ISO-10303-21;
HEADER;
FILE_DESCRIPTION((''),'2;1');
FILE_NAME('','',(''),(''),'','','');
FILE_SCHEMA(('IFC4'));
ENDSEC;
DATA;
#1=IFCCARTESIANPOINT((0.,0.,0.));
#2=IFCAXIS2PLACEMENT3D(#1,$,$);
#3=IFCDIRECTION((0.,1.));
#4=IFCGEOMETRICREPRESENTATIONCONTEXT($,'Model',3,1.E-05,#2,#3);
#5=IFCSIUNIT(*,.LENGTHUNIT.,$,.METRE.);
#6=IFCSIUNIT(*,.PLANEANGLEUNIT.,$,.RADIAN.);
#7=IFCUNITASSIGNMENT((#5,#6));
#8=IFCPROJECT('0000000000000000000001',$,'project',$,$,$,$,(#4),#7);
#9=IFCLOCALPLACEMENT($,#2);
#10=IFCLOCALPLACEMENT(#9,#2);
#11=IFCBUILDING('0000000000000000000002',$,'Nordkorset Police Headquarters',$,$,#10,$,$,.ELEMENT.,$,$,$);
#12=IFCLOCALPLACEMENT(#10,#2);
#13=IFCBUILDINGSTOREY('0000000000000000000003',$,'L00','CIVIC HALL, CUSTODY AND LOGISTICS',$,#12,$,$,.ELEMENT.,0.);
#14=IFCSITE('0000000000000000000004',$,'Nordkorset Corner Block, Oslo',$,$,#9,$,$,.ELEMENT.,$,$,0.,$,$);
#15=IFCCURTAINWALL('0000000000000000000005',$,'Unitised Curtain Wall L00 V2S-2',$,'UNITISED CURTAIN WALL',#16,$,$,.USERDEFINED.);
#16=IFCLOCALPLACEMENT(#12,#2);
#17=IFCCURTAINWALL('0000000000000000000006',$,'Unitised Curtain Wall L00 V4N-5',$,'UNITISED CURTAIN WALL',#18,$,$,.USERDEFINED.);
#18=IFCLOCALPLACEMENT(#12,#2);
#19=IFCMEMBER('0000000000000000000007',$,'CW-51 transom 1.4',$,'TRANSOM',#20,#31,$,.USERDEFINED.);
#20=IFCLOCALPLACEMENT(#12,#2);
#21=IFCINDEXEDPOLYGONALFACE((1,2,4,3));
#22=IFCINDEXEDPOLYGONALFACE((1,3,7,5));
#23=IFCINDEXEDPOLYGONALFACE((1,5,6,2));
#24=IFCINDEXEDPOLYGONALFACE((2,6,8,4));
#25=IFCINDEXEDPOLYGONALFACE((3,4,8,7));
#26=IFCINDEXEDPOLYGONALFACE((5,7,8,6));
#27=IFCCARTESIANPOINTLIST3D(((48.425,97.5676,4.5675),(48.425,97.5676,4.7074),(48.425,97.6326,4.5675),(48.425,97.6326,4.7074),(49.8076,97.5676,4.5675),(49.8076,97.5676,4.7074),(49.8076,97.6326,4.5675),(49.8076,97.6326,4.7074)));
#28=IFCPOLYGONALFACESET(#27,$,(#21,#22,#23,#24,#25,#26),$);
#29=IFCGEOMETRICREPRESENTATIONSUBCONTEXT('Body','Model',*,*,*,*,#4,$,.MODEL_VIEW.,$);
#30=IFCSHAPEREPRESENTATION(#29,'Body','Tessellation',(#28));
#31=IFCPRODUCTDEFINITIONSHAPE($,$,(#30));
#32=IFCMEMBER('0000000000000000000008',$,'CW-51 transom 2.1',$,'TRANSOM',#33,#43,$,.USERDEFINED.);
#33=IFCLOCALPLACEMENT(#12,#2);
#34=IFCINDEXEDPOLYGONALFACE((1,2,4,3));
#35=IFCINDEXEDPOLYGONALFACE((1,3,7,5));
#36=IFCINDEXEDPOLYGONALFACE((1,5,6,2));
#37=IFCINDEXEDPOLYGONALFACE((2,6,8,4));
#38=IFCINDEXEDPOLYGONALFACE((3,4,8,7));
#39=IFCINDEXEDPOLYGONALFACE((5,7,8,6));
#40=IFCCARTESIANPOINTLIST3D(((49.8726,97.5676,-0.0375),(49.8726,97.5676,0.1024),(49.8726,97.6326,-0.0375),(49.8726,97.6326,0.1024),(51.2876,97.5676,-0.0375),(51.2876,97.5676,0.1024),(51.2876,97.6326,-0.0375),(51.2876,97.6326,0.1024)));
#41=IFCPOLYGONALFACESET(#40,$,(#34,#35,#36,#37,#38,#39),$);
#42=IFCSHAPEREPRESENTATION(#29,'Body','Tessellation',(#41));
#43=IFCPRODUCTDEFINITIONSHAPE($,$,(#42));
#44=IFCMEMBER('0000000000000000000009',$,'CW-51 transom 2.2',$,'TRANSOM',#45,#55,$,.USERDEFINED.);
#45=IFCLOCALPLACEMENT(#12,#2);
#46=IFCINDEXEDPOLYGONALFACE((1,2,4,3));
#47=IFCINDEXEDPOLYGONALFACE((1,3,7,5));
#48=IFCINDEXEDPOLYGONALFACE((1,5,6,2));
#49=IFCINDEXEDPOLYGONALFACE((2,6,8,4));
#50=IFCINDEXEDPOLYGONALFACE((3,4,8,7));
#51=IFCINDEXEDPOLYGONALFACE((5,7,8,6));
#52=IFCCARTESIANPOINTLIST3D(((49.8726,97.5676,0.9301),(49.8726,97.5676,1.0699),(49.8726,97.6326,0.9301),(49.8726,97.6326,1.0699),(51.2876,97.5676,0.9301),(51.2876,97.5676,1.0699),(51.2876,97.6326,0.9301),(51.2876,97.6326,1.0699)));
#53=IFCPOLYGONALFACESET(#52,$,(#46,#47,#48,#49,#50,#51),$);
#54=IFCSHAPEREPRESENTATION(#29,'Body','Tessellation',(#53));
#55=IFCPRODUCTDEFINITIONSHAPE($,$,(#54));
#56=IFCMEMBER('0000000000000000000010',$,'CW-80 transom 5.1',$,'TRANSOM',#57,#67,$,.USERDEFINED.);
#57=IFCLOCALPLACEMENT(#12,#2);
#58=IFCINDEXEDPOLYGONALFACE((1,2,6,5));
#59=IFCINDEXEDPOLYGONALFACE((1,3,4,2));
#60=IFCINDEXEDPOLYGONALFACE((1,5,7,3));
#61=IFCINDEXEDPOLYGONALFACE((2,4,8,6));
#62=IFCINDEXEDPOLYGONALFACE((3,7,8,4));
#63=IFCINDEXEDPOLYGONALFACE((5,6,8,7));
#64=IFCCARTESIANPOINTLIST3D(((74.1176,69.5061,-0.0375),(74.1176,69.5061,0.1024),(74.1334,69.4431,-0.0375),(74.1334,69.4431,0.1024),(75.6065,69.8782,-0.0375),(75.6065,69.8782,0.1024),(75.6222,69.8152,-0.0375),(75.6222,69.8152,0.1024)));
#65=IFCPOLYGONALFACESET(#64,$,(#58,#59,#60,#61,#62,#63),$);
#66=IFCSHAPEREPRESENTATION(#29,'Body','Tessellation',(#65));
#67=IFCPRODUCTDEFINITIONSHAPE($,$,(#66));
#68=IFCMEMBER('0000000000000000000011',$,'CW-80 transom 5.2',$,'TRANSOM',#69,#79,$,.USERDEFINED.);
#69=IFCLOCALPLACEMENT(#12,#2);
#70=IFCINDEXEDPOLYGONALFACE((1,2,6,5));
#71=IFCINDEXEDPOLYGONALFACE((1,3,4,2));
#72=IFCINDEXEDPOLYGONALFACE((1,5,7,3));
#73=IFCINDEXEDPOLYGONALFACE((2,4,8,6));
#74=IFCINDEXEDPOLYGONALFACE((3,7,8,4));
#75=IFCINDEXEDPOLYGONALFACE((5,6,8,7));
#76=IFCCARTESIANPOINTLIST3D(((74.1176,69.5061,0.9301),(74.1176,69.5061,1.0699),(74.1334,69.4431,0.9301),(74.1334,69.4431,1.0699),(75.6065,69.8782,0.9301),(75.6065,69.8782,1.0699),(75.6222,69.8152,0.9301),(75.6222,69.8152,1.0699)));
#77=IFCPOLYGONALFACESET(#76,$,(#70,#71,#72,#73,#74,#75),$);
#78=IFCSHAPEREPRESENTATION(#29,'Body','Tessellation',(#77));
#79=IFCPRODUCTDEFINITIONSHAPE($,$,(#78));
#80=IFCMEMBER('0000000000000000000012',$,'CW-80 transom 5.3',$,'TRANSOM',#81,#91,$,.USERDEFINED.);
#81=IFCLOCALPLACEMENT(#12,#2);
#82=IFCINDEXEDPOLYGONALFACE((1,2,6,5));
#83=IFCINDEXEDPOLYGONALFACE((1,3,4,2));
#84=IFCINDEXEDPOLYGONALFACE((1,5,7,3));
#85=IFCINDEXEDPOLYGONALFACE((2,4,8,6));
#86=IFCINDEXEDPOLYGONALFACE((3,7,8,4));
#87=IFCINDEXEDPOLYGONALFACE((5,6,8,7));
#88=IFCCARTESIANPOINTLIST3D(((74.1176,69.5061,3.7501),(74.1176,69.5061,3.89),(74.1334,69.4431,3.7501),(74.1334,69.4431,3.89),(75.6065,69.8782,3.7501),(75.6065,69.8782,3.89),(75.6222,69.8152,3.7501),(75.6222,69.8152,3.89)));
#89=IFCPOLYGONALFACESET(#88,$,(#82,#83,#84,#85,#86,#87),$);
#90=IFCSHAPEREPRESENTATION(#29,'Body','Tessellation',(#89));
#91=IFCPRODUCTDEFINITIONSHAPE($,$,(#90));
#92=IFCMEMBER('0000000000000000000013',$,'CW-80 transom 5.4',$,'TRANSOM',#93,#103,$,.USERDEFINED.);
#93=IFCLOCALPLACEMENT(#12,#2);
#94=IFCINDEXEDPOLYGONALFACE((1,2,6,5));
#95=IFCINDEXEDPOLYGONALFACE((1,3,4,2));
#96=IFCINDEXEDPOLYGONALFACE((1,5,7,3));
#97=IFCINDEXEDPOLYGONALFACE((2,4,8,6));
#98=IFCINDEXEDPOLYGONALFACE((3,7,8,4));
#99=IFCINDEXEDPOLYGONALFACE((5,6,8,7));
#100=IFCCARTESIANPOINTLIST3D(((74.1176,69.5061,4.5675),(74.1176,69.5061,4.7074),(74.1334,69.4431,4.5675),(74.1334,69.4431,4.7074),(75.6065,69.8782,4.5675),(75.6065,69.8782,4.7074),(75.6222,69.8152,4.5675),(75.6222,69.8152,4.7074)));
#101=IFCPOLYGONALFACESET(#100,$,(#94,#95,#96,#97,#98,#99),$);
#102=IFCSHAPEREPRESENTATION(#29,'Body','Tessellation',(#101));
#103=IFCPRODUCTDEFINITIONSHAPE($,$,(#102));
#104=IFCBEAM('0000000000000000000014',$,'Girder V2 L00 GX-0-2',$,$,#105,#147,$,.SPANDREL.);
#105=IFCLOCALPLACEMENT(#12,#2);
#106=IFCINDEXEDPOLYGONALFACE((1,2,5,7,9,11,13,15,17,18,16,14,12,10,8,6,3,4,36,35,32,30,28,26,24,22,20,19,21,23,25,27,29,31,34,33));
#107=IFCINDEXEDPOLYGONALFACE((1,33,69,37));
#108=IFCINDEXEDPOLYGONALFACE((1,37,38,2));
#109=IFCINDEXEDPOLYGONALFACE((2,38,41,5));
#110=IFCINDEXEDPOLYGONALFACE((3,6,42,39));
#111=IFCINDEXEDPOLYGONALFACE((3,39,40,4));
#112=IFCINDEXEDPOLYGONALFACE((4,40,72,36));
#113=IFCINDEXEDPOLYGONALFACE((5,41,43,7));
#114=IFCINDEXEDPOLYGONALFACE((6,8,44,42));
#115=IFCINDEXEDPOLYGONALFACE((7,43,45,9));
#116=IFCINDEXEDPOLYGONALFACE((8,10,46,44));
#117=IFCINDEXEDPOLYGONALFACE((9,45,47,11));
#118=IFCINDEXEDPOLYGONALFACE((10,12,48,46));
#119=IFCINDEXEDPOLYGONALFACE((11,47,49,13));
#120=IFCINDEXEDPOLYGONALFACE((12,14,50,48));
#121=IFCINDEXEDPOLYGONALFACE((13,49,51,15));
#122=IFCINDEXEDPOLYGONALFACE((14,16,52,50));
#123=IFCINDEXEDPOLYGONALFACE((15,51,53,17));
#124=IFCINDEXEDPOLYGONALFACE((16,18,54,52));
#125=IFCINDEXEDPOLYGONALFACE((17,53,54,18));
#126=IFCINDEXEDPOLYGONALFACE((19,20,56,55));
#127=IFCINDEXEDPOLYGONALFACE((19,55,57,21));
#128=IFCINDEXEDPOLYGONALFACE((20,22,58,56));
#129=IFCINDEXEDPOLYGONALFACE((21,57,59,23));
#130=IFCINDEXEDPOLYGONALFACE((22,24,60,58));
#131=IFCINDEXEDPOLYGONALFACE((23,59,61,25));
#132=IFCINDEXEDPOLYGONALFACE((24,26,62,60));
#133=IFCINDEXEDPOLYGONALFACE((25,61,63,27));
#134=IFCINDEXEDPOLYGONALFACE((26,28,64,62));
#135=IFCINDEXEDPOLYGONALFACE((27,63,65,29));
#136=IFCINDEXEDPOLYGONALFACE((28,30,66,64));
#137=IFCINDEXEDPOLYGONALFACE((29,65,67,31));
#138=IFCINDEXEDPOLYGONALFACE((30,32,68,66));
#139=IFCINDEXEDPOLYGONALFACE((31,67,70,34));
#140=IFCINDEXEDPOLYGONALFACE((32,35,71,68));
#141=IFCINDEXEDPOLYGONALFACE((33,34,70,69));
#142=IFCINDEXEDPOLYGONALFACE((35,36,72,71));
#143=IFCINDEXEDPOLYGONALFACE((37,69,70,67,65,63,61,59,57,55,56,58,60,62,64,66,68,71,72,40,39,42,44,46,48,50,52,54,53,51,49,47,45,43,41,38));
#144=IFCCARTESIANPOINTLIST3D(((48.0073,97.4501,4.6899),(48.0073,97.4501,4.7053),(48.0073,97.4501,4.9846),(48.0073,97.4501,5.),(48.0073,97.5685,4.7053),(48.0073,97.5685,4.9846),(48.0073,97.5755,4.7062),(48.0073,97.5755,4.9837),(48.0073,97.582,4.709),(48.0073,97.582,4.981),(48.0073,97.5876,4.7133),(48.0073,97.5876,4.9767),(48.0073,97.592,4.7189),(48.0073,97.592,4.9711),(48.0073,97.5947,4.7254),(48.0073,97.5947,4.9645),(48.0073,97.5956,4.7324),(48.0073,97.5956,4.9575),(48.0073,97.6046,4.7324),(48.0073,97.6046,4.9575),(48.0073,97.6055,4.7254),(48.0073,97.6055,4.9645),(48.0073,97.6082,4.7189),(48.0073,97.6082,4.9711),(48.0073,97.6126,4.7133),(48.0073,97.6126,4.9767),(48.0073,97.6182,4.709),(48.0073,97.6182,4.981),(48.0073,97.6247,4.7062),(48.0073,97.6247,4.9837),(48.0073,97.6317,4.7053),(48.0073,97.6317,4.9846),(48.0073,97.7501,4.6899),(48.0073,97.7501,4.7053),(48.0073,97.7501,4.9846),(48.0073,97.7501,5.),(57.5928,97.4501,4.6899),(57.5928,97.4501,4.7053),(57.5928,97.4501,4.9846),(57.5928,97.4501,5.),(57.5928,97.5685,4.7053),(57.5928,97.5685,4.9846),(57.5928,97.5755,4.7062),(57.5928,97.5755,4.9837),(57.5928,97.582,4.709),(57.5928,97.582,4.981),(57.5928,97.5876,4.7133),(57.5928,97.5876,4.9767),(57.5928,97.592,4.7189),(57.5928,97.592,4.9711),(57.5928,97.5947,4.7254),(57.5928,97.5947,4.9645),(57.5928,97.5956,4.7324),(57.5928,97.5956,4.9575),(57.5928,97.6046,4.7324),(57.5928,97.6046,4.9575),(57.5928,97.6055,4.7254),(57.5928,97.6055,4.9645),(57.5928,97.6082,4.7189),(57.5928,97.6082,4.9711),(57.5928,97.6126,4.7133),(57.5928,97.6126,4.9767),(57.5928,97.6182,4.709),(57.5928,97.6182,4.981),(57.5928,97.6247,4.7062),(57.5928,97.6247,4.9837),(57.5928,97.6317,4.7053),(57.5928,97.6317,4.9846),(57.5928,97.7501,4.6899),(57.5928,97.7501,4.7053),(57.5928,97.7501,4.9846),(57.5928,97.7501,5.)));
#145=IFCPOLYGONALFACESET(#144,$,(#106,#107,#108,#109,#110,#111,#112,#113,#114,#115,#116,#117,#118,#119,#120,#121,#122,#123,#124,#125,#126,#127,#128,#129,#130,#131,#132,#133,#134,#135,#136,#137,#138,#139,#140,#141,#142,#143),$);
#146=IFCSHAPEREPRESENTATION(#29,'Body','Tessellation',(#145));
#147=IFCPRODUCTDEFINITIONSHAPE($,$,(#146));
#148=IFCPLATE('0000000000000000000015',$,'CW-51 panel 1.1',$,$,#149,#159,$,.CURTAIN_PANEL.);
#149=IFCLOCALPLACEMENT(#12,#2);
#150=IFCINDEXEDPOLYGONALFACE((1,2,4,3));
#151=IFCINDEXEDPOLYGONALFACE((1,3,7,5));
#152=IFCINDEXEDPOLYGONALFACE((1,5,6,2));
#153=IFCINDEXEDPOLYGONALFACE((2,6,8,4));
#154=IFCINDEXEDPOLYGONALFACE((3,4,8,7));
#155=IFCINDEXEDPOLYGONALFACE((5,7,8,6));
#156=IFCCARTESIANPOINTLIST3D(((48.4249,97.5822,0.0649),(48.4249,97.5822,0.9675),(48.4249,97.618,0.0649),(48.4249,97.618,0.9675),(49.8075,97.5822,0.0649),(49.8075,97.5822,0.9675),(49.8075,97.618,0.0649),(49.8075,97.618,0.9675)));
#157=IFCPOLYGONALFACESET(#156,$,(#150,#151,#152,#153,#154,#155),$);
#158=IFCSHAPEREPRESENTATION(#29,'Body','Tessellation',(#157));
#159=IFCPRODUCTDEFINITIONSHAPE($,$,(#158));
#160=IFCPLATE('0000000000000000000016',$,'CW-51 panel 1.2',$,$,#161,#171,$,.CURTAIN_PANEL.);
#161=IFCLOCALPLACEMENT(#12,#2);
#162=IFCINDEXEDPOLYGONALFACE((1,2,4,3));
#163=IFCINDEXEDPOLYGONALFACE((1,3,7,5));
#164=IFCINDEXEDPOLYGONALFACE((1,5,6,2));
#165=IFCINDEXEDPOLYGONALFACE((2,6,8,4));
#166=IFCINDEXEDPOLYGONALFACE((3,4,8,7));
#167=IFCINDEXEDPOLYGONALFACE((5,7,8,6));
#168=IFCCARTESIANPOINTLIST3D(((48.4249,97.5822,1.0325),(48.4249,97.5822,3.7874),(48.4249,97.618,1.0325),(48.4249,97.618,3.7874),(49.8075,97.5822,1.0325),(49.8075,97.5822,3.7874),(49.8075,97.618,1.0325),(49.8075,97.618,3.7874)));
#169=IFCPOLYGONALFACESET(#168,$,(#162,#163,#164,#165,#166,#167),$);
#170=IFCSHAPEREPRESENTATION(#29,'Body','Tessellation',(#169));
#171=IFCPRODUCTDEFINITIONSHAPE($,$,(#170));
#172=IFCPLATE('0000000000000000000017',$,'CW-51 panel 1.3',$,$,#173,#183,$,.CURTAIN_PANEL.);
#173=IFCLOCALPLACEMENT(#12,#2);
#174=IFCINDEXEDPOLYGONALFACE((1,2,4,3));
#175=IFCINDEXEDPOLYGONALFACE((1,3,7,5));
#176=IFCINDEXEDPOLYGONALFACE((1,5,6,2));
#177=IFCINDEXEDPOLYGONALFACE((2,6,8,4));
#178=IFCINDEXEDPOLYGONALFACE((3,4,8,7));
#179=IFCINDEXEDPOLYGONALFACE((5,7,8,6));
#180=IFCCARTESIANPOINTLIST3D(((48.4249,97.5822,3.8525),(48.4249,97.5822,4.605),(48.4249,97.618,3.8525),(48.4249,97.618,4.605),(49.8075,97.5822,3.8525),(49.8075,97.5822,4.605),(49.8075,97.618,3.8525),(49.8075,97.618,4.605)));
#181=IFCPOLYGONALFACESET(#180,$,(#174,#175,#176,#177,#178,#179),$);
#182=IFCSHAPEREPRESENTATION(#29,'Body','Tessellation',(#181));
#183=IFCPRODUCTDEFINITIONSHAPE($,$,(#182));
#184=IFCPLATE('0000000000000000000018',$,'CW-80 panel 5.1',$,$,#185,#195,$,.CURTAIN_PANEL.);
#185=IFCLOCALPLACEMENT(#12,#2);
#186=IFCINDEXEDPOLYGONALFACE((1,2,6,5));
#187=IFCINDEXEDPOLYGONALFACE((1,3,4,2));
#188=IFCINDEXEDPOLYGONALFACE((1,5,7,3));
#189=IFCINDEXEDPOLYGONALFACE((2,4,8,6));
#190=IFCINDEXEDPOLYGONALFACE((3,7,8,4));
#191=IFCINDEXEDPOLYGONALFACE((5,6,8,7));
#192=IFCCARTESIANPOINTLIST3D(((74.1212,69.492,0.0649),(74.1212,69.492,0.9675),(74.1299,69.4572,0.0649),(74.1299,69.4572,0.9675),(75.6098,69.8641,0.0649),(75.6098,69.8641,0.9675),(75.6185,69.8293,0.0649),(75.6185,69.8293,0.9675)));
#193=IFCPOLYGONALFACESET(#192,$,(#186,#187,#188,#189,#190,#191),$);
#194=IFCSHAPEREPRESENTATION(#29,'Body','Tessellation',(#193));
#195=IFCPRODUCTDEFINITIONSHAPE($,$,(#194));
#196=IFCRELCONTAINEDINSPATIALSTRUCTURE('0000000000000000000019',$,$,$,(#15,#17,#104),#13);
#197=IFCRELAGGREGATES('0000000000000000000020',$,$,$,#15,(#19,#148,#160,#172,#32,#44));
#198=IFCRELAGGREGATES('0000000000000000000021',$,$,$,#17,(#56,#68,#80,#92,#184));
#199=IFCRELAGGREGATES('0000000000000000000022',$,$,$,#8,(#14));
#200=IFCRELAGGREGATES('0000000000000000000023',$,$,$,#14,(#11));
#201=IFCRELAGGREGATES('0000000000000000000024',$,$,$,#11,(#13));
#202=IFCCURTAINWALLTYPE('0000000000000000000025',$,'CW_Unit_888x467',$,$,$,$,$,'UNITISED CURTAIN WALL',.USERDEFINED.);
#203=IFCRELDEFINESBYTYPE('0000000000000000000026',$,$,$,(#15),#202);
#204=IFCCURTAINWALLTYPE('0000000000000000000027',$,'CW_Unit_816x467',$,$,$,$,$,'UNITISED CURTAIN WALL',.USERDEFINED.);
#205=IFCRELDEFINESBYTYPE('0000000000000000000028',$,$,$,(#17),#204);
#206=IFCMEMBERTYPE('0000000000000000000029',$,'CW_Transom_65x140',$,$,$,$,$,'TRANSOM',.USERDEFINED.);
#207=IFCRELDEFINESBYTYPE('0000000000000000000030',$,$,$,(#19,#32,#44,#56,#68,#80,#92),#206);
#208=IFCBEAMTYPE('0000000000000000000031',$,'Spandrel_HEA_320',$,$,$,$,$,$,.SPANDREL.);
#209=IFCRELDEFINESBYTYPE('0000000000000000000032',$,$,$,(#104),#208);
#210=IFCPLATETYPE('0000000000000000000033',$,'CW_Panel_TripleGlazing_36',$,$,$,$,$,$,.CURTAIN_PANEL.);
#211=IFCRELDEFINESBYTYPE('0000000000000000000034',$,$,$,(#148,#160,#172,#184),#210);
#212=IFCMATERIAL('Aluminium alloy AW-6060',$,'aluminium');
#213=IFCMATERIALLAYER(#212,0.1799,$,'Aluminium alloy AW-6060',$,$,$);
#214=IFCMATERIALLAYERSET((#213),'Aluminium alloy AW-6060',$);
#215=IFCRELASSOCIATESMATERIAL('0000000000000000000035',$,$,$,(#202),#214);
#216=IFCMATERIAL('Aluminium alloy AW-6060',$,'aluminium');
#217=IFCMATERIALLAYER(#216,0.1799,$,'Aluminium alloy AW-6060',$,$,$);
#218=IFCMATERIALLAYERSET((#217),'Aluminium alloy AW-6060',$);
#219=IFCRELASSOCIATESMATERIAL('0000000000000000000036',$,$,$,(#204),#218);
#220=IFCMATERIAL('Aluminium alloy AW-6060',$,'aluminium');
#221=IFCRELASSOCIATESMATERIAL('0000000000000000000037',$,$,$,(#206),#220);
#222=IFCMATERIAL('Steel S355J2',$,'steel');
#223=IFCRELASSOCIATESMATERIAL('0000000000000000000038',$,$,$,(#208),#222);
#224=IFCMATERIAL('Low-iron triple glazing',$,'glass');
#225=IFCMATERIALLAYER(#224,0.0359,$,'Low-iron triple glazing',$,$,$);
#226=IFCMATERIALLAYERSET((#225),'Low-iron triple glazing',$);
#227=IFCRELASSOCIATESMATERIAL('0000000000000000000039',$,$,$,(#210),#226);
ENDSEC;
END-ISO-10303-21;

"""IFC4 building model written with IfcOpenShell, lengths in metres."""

from ifc_helpers import new_model, si_unit, direction, frame, origin, origin_2d, place, context, subcontext, project, spatial, rectangle, i_section, extrude, material, layer, layer_set, material_profile, profile_set, type_object, element, aggregate, save


model = new_model("IFC4")

# Units and contexts
model_context = context("Model", 3, precision=1e-05, world=origin(), true_north=direction((0.0, 1.0)))
body_context = subcontext(model_context, "Body", "Model", "MODEL_VIEW")
ifc_project = project(units=[si_unit("LENGTHUNIT", "METRE"), si_unit("PLANEANGLEUNIT", "RADIAN")], contexts=[model_context])

# Site, building, storey
site_placement = place(None, origin())
site = spatial("IfcSite", under=ifc_project, at=site_placement, Name="Nordkorset Corner Block, Oslo", CompositionType="ELEMENT", RefElevation=0.0)
building_placement = place(site_placement, origin())
building = spatial("IfcBuilding", under=site, at=building_placement, Name="Nordkorset Police Headquarters", CompositionType="ELEMENT")
storey_placement = place(building_placement, origin())
storey = spatial("IfcBuildingStorey", under=building, at=storey_placement, Name="L00", Description="CIVIC HALL, CUSTODY AND LOGISTICS", CompositionType="ELEMENT", Elevation=0.0)

# Curtain walls
ifc_material_1 = material(Name="Aluminium alloy AW-6060", Category="aluminium")
ifc_layer_1 = layer(ifc_material_1, 0.1799, Name="Aluminium alloy AW-6060")
ifc_layer_set_1 = layer_set([ifc_layer_1], Name="Aluminium alloy AW-6060")
curtain_wall_type_1 = type_object("IfcCurtainWallType", Name="CW_Unit_888x467", ElementType="UNITISED CURTAIN WALL", PredefinedType="USERDEFINED", material=ifc_layer_set_1)
curtain_wall_1_placement = place(storey_placement, origin())
curtain_wall_1 = element("IfcCurtainWall", 1, at=curtain_wall_1_placement, inside=storey, type_object=curtain_wall_type_1, Name="Unitised Curtain Wall L00 V2S-2", ObjectType="UNITISED CURTAIN WALL", PredefinedType="USERDEFINED")
ifc_material_2 = material(Name="Aluminium alloy AW-6060", Category="aluminium")
ifc_layer_2 = layer(ifc_material_2, 0.1799, Name="Aluminium alloy AW-6060")
ifc_layer_set_2 = layer_set([ifc_layer_2], Name="Aluminium alloy AW-6060")
curtain_wall_type_2 = type_object("IfcCurtainWallType", Name="CW_Unit_816x467", ElementType="UNITISED CURTAIN WALL", PredefinedType="USERDEFINED", material=ifc_layer_set_2)
curtain_wall_2_placement = place(storey_placement, origin())
curtain_wall_2 = element("IfcCurtainWall", 2, at=curtain_wall_2_placement, inside=storey, type_object=curtain_wall_type_2, Name="Unitised Curtain Wall L00 V4N-5", ObjectType="UNITISED CURTAIN WALL", PredefinedType="USERDEFINED")

# Members
ifc_material_3 = material(Name="Aluminium alloy AW-6060", Category="aluminium")
ifc_material_profile_1 = material_profile(ifc_material_3, rectangle(XDim=0.0649, YDim=0.1399, at=origin_2d()), Name="ALU TRAN 65x140")
ifc_profile_set_1 = profile_set([ifc_material_profile_1], Name="Aluminium alloy AW-6060")
member_type_1 = type_object("IfcMemberType", Name="CW_Transom_65x140", ElementType="TRANSOM", PredefinedType="USERDEFINED", material=ifc_profile_set_1)
member_1_placement = place(storey_placement, frame((48.425, 97.6001, 4.6375), z_axis=(1.0, 0.0, 0.0), x_axis=(0.0, 1.0, 0.0)))
member_1 = element("IfcMember", 3, at=member_1_placement, type_object=member_type_1, Name="CW-51 transom 1.4", ObjectType="TRANSOM", PredefinedType="USERDEFINED", context=body_context, shape_type="SweptSolid", body=[
    extrude(rectangle(XDim=0.0649, YDim=0.1399, at=origin_2d()), origin(), (0.0, 0.0, 1.0), 1.3826),
])
member_2_placement = place(storey_placement, frame((49.8726, 97.6001, 0.0325), z_axis=(1.0, 0.0, 0.0), x_axis=(0.0, 1.0, 0.0)))
member_2 = element("IfcMember", 4, at=member_2_placement, type_object=member_type_1, Name="CW-51 transom 2.1", ObjectType="TRANSOM", PredefinedType="USERDEFINED", context=body_context, shape_type="SweptSolid", body=[
    extrude(rectangle(XDim=0.0649, YDim=0.1399, at=origin_2d()), origin(), (0.0, 0.0, 1.0), 1.415),
])
member_3_placement = place(storey_placement, frame((49.8726, 97.6001, 1.0), z_axis=(1.0, 0.0, 0.0), x_axis=(0.0, 1.0, 0.0)))
member_3 = element("IfcMember", 5, at=member_3_placement, type_object=member_type_1, Name="CW-51 transom 2.2", ObjectType="TRANSOM", PredefinedType="USERDEFINED", context=body_context, shape_type="SweptSolid", body=[
    extrude(rectangle(XDim=0.0649, YDim=0.1399, at=origin_2d()), origin(), (0.0, 0.0, 1.0), 1.415),
])
member_4_placement = place(storey_placement, frame((74.1255, 69.4746, 0.0325), z_axis=(0.970161, 0.242461, 0.0), x_axis=(-0.242461, 0.970161, 0.0)))
member_4 = element("IfcMember", 6, at=member_4_placement, type_object=member_type_1, Name="CW-80 transom 5.1", ObjectType="TRANSOM", PredefinedType="USERDEFINED", context=body_context, shape_type="SweptSolid", body=[
    extrude(rectangle(XDim=0.0649, YDim=0.1399, at=origin_2d()), origin(), (0.0, 0.0, 1.0), 1.5347),
])
member_5_placement = place(storey_placement, frame((74.1255, 69.4746, 1.0), z_axis=(0.970161, 0.242461, 0.0), x_axis=(-0.242461, 0.970161, 0.0)))
member_5 = element("IfcMember", 7, at=member_5_placement, type_object=member_type_1, Name="CW-80 transom 5.2", ObjectType="TRANSOM", PredefinedType="USERDEFINED", context=body_context, shape_type="SweptSolid", body=[
    extrude(rectangle(XDim=0.0649, YDim=0.1399, at=origin_2d()), origin(), (0.0, 0.0, 1.0), 1.5347),
])
member_6_placement = place(storey_placement, frame((74.1255, 69.4746, 3.8201), z_axis=(0.970161, 0.242461, 0.0), x_axis=(-0.242461, 0.970161, 0.0)))
member_6 = element("IfcMember", 8, at=member_6_placement, type_object=member_type_1, Name="CW-80 transom 5.3", ObjectType="TRANSOM", PredefinedType="USERDEFINED", context=body_context, shape_type="SweptSolid", body=[
    extrude(rectangle(XDim=0.0649, YDim=0.1399, at=origin_2d()), origin(), (0.0, 0.0, 1.0), 1.5347),
])
member_7_placement = place(storey_placement, frame((74.1255, 69.4746, 4.6375), z_axis=(0.970161, 0.242461, 0.0), x_axis=(-0.242461, 0.970161, 0.0)))
member_7 = element("IfcMember", 9, at=member_7_placement, type_object=member_type_1, Name="CW-80 transom 5.4", ObjectType="TRANSOM", PredefinedType="USERDEFINED", context=body_context, shape_type="SweptSolid", body=[
    extrude(rectangle(XDim=0.0649, YDim=0.1399, at=origin_2d()), origin(), (0.0, 0.0, 1.0), 1.5347),
])

# Beam
ifc_material_4 = material(Name="Steel S355J2", Category="steel")
ifc_material_profile_2 = material_profile(ifc_material_4, i_section(OverallWidth=0.3, OverallDepth=0.3101, WebThickness=0.009, FlangeThickness=0.0154, FilletRadius=0.0271, at=origin_2d()), Name="HEA 320")
ifc_profile_set_2 = profile_set([ifc_material_profile_2], Name="Steel S355J2")
beam_type = type_object("IfcBeamType", Name="Spandrel_HEA_320", PredefinedType="SPANDREL", material=ifc_profile_set_2)
beam_placement = place(storey_placement, frame((48.0073, 97.6001, 4.845), z_axis=(1.0, 0.0, 0.0), x_axis=(0.0, 1.0, 0.0)))
element("IfcBeam", 10, at=beam_placement, inside=storey, type_object=beam_type, Name="Girder V2 L00 GX-0-2", PredefinedType="SPANDREL", context=body_context, shape_type="SweptSolid", body=[
    extrude(i_section(OverallWidth=0.3, OverallDepth=0.3101, WebThickness=0.009, FlangeThickness=0.0154, FilletRadius=0.0271, at=origin_2d()), origin(), (0.0, 0.0, 1.0), 9.5854),
])

# Plates
ifc_material_5 = material(Name="Low-iron triple glazing", Category="glass")
ifc_layer_3 = layer(ifc_material_5, 0.0359, Name="Low-iron triple glazing")
ifc_layer_set_3 = layer_set([ifc_layer_3], Name="Low-iron triple glazing")
plate_type = type_object("IfcPlateType", Name="CW_Panel_TripleGlazing_36", PredefinedType="CURTAIN_PANEL", material=ifc_layer_set_3)
plate_1_placement = place(storey_placement, frame((49.1162, 97.6001, 0.0649), z_axis=(0.0, 0.0, 1.0), x_axis=(1.0, 0.0, 0.0)))
plate_1 = element("IfcPlate", 11, at=plate_1_placement, type_object=plate_type, Name="CW-51 panel 1.1", PredefinedType="CURTAIN_PANEL", context=body_context, shape_type="SweptSolid", body=[
    extrude(rectangle(XDim=1.3826, YDim=0.0359, at=origin_2d()), origin(), (0.0, 0.0, 1.0), 0.9026),
])
plate_2_placement = place(storey_placement, frame((49.1162, 97.6001, 1.0325), z_axis=(0.0, 0.0, 1.0), x_axis=(1.0, 0.0, 0.0)))
plate_2 = element("IfcPlate", 12, at=plate_2_placement, type_object=plate_type, Name="CW-51 panel 1.2", PredefinedType="CURTAIN_PANEL", context=body_context, shape_type="SweptSolid", body=[
    extrude(rectangle(XDim=1.3826, YDim=0.0359, at=origin_2d()), origin(), (0.0, 0.0, 1.0), 2.7549),
])
plate_3_placement = place(storey_placement, frame((49.1162, 97.6001, 3.8525), z_axis=(0.0, 0.0, 1.0), x_axis=(1.0, 0.0, 0.0)))
plate_3 = element("IfcPlate", 13, at=plate_3_placement, type_object=plate_type, Name="CW-51 panel 1.3", PredefinedType="CURTAIN_PANEL", context=body_context, shape_type="SweptSolid", body=[
    extrude(rectangle(XDim=1.3826, YDim=0.0359, at=origin_2d()), origin(), (0.0, 0.0, 1.0), 0.7524),
])
aggregate(curtain_wall_1, [member_1, plate_1, plate_2, plate_3, member_2, member_3])
plate_4_placement = place(storey_placement, frame((74.8699, 69.6606, 0.0649), z_axis=(0.0, 0.0, 1.0), x_axis=(0.970143, 0.242536, 0.0)))
plate_4 = element("IfcPlate", 14, at=plate_4_placement, type_object=plate_type, Name="CW-80 panel 5.1", PredefinedType="CURTAIN_PANEL", context=body_context, shape_type="SweptSolid", body=[
    extrude(rectangle(XDim=1.5344, YDim=0.0359, at=origin_2d()), origin(), (0.0, 0.0, 1.0), 0.9026),
])
aggregate(curtain_wall_2, [member_4, member_5, member_6, member_7, plate_4])

save(model, "model.ifc")
